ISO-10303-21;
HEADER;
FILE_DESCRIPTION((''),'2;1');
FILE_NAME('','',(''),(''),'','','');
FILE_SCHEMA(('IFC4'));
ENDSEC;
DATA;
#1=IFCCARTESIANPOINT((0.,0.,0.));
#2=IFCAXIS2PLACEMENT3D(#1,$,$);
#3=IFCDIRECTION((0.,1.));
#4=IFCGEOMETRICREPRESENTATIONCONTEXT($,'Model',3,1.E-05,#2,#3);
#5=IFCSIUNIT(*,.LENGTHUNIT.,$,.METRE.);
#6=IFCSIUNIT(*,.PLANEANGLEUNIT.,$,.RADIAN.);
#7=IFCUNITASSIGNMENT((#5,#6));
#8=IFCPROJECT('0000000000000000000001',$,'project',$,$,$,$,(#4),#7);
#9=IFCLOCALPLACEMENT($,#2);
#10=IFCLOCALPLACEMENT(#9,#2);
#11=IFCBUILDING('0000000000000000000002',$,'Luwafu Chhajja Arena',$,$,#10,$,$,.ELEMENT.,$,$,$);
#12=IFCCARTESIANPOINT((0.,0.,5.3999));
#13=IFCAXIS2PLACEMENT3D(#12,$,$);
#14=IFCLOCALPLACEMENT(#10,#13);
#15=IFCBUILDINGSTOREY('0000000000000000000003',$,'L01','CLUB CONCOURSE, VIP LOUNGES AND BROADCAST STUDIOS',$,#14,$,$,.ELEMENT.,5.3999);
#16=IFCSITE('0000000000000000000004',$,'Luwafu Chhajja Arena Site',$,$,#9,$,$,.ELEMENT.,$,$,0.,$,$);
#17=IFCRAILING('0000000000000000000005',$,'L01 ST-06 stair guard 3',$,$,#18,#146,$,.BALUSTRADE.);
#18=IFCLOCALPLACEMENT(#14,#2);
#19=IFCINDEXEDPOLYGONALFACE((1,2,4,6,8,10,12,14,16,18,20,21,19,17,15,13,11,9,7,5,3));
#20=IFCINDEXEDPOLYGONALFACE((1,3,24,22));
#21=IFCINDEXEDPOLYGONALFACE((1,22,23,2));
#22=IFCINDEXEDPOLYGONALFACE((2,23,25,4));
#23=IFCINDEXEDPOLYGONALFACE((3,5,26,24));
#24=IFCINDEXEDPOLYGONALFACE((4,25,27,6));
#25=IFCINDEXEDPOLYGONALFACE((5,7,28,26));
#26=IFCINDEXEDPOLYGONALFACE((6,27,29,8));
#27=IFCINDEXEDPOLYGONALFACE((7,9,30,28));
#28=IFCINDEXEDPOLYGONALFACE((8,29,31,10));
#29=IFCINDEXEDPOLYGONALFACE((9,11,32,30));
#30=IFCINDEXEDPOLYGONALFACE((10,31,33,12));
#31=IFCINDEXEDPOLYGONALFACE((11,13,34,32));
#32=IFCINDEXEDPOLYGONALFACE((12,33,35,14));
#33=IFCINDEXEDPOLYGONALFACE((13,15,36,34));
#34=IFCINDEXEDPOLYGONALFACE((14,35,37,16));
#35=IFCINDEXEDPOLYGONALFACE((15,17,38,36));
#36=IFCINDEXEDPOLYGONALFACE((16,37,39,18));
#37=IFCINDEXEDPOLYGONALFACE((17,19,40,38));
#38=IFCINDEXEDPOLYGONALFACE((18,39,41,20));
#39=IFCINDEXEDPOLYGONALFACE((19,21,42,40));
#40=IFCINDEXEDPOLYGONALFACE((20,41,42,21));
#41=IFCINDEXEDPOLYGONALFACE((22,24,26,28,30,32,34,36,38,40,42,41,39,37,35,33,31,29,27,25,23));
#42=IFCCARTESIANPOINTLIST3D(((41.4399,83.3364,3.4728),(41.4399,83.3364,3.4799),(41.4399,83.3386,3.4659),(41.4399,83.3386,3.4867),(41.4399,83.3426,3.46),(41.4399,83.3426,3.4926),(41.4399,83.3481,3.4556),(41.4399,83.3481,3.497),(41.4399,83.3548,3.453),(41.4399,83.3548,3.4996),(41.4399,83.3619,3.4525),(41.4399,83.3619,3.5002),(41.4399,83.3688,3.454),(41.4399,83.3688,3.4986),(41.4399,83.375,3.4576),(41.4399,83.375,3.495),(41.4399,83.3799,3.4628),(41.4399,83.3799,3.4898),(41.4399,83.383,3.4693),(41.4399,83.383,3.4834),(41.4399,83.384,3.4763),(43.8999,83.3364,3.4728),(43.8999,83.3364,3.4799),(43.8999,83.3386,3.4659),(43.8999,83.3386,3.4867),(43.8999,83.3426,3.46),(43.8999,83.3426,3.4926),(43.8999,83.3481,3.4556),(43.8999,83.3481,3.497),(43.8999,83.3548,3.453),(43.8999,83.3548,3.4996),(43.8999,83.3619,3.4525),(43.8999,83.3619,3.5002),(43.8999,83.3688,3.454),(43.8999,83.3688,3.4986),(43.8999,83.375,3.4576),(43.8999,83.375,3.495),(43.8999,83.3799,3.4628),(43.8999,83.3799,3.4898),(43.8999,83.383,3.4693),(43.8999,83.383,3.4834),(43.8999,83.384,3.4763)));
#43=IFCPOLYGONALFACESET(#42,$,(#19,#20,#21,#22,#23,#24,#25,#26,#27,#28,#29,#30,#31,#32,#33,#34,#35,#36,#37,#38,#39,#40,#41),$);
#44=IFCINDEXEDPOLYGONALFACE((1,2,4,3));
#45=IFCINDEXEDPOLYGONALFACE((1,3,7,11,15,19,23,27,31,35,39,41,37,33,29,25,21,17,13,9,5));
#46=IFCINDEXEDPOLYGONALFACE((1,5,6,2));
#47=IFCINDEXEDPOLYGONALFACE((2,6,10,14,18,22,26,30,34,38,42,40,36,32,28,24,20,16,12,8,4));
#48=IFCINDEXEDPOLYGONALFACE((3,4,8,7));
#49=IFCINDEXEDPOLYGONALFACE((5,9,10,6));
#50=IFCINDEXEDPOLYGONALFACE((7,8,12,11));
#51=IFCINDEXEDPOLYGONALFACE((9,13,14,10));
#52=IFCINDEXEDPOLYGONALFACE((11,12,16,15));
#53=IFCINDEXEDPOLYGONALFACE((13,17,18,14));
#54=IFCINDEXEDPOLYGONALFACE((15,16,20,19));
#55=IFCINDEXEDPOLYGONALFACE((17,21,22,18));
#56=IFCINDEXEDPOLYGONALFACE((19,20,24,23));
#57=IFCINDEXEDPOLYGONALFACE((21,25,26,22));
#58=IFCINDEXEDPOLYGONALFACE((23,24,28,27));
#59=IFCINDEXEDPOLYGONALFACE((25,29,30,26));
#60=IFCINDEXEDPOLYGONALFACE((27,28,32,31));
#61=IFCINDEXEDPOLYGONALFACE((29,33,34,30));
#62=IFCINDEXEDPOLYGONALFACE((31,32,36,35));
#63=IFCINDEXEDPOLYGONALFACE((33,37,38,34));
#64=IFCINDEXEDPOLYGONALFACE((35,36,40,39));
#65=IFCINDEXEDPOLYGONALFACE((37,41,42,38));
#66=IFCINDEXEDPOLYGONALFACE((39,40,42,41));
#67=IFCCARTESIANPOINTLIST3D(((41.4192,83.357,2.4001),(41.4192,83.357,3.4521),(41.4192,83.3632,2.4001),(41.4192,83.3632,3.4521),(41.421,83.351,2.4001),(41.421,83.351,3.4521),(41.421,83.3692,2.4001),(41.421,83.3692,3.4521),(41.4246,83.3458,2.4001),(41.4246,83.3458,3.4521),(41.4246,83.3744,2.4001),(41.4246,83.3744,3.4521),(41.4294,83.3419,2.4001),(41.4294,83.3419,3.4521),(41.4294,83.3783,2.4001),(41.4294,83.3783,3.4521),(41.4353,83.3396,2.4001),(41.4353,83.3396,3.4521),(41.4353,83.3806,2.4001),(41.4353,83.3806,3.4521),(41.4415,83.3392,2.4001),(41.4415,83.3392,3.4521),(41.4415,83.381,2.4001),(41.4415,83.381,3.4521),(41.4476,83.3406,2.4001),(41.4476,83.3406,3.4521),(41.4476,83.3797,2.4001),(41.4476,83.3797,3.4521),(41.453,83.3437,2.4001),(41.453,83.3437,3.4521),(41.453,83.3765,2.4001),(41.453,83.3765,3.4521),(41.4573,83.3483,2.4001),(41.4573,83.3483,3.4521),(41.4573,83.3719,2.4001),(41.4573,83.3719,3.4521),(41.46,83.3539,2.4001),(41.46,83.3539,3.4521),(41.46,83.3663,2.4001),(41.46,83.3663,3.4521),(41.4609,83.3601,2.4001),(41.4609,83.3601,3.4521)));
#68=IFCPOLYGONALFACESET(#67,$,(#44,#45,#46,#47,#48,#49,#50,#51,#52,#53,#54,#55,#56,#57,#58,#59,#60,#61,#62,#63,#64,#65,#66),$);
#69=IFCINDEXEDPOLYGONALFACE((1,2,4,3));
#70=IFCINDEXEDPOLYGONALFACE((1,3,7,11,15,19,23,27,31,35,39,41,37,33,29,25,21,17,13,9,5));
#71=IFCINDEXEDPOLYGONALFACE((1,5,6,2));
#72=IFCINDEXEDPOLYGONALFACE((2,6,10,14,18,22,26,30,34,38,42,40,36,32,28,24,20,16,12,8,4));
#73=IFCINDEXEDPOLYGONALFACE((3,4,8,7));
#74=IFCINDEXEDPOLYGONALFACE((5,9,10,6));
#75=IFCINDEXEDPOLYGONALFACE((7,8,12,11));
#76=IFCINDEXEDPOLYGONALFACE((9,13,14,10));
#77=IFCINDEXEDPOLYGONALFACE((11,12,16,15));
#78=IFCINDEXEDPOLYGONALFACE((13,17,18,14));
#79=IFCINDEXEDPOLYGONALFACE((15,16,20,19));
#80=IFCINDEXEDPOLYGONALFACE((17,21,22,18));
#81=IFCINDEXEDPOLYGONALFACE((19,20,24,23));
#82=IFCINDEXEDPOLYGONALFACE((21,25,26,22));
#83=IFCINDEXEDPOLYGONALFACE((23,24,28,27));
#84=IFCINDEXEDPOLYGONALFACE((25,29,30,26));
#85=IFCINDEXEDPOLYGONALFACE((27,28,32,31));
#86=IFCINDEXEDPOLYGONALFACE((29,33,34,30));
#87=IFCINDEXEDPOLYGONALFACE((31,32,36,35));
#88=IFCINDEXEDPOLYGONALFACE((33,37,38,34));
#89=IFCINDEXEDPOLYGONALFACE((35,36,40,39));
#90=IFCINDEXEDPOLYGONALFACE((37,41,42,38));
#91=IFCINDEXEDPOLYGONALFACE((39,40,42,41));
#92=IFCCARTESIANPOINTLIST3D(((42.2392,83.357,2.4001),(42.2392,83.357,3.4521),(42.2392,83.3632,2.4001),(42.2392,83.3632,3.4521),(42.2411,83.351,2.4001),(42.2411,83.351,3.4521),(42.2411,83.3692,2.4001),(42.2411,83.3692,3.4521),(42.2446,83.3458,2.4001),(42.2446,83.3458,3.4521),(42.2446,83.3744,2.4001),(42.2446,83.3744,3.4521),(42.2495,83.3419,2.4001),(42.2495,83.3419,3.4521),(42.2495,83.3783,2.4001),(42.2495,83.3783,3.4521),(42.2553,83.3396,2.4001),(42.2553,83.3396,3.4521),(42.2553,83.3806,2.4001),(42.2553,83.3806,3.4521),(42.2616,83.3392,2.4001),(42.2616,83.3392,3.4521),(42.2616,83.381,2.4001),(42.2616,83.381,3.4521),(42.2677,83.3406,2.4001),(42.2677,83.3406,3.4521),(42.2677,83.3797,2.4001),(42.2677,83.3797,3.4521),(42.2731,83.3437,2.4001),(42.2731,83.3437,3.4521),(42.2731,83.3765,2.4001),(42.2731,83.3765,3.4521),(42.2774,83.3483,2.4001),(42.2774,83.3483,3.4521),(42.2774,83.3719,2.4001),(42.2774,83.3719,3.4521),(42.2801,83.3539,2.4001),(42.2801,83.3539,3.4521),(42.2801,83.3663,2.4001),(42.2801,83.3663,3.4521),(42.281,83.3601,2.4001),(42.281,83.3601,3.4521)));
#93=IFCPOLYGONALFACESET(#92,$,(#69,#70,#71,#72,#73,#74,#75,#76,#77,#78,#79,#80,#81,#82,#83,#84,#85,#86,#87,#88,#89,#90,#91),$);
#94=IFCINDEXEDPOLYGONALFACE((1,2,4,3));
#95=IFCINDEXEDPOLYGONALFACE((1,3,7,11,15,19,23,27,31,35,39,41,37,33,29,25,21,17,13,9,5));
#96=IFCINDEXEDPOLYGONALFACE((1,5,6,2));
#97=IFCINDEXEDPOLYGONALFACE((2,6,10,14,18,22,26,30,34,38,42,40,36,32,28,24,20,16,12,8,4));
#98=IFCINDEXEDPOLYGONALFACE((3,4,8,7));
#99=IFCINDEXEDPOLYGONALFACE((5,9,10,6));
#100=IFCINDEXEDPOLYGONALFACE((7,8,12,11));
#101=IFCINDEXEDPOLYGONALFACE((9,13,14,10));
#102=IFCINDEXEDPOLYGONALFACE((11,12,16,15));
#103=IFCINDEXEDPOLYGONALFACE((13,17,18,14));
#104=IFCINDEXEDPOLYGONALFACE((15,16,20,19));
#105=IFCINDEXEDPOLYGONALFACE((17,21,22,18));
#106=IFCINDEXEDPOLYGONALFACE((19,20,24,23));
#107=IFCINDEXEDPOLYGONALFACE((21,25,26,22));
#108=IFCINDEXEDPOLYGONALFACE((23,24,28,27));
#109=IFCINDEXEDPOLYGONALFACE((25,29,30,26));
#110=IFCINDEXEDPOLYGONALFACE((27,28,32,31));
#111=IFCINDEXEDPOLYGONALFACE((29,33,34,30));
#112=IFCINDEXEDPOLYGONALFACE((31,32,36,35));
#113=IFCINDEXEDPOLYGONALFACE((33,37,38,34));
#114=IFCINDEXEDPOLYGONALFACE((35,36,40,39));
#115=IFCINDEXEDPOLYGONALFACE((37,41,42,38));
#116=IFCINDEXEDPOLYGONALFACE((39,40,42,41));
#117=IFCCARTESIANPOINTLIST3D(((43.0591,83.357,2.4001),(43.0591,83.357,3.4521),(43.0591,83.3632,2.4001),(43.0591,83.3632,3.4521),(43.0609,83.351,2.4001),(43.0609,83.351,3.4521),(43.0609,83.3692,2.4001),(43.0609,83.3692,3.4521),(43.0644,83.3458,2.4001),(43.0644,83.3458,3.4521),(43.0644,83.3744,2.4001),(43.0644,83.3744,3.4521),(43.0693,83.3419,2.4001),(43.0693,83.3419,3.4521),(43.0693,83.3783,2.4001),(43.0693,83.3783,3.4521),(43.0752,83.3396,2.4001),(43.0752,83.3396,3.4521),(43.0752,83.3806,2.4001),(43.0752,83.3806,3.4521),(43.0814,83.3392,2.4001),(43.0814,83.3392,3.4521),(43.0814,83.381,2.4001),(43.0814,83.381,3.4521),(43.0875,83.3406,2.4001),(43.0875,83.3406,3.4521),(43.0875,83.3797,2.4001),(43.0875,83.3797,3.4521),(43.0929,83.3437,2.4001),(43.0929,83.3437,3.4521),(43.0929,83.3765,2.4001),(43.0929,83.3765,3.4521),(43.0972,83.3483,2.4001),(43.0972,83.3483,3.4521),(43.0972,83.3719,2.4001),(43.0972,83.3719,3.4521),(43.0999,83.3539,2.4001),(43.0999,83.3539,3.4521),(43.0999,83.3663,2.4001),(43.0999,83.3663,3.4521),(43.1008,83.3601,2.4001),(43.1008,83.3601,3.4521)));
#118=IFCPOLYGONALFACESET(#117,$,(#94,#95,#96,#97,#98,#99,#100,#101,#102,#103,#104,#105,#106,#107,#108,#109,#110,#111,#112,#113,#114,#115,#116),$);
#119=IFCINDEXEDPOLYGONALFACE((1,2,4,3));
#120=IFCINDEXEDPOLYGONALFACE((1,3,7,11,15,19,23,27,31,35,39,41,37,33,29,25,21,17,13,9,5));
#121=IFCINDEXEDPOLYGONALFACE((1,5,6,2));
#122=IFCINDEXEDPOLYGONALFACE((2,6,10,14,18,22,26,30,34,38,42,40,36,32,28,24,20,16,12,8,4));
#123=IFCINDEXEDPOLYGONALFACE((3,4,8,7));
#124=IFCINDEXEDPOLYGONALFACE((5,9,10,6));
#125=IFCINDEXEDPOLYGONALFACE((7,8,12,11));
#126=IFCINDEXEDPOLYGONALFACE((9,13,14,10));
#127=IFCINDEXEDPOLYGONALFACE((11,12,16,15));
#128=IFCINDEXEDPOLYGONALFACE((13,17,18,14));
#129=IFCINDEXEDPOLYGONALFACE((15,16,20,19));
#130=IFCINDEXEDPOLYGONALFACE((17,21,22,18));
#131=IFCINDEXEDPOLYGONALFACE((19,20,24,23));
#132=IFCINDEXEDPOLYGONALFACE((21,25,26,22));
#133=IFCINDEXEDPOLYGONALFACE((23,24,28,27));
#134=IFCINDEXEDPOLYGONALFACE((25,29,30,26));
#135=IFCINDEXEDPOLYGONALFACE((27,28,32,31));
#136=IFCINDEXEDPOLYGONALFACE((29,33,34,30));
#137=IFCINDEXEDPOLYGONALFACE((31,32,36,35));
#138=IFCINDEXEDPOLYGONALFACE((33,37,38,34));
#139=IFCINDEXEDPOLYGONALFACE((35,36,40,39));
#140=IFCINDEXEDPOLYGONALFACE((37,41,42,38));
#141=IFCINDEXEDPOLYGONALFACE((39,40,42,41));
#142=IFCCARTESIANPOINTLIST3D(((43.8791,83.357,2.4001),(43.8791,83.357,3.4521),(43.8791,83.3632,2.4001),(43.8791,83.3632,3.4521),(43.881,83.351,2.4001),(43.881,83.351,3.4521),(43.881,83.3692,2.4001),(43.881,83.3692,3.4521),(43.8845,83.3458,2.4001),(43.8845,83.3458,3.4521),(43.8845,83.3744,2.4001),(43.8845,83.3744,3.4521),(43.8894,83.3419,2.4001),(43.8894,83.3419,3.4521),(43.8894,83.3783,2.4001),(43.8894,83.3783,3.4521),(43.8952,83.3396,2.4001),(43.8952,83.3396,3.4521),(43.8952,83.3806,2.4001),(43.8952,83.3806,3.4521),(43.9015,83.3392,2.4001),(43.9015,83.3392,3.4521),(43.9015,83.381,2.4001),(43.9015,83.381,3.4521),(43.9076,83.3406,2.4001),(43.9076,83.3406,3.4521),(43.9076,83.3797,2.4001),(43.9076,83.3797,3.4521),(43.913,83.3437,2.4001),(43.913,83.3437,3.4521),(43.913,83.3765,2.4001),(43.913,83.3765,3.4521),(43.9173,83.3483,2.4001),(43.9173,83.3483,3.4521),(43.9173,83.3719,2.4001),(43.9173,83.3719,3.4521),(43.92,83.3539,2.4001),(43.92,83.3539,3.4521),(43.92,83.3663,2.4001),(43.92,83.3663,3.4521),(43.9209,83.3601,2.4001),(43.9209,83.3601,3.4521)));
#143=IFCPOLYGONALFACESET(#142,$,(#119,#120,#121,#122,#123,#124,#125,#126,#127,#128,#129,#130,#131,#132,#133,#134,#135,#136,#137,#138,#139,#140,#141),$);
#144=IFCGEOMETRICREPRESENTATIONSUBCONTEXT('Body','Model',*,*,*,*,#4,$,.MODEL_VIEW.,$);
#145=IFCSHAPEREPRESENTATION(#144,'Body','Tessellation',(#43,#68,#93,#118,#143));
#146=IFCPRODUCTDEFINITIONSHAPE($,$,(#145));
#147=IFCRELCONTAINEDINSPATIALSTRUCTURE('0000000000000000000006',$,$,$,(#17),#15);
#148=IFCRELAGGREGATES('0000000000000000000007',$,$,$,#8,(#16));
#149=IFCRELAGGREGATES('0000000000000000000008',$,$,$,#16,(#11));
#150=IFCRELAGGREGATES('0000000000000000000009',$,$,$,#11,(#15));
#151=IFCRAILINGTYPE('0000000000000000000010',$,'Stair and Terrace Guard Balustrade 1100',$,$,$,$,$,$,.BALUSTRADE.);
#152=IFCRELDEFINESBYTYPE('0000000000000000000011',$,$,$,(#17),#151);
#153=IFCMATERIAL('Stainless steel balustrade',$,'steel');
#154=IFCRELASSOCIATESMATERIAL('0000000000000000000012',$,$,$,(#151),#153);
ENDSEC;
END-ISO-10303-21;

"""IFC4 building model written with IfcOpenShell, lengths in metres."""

from ifc_helpers import new_model, si_unit, direction, frame, origin, origin_2d, place, context, subcontext, project, spatial, circle, extrude, material, type_object, element, save


model = new_model("IFC4")

# Units and contexts
model_context = context("Model", 3, precision=1e-05, world=origin(), true_north=direction((0.0, 1.0)))
body_context = subcontext(model_context, "Body", "Model", "MODEL_VIEW")
ifc_project = project(units=[si_unit("LENGTHUNIT", "METRE"), si_unit("PLANEANGLEUNIT", "RADIAN")], contexts=[model_context])

# Site, building, storey
site_placement = place(None, origin())
site = spatial("IfcSite", under=ifc_project, at=site_placement, Name="Luwafu Chhajja Arena Site", CompositionType="ELEMENT", RefElevation=0.0)
building_placement = place(site_placement, origin())
building = spatial("IfcBuilding", under=site, at=building_placement, Name="Luwafu Chhajja Arena", CompositionType="ELEMENT")
storey_placement = place(building_placement, frame((0.0, 0.0, 5.3999)))
storey = spatial("IfcBuildingStorey", under=building, at=storey_placement, Name="L01", Description="CLUB CONCOURSE, VIP LOUNGES AND BROADCAST STUDIOS", CompositionType="ELEMENT", Elevation=5.3999)

# Railing
ifc_material_1 = material(Name="Stainless steel balustrade", Category="steel")
railing_type_1 = type_object("IfcRailingType", Name="Stair and Terrace Guard Balustrade 1100", PredefinedType="BALUSTRADE", material=ifc_material_1)
for number, where, name in (
    (1, (41.4399, 83.3601, 2.4001), "L01 ST-06 stair guard 3"),
):
    element("IfcRailing", number, at=place(storey_placement, frame(where)), inside=storey, type_object=railing_type_1, Name=name, PredefinedType="BALUSTRADE", context=body_context, shape_type="SweptSolid", body=[
        extrude(circle(Radius=0.0239, at=origin_2d()), frame((0.0, 0.0, 1.0762), z_axis=(1.0, 0.0, 0.0), x_axis=(0.0, 1.0, 0.0)), (0.0, 0.0, 1.0), 2.46),
        extrude(circle(Radius=0.021, at=origin_2d()), origin(), (0.0, 0.0, 1.0), 1.052),
        extrude(circle(Radius=0.021, at=origin_2d()), frame((0.8201, 0.0, 0.0)), (0.0, 0.0, 1.0), 1.052),
        extrude(circle(Radius=0.021, at=origin_2d()), frame((1.6399, 0.0, 0.0)), (0.0, 0.0, 1.0), 1.052),
        extrude(circle(Radius=0.021, at=origin_2d()), frame((2.46, 0.0, 0.0)), (0.0, 0.0, 1.0), 1.052),
    ])

save(model, "model.ifc")
